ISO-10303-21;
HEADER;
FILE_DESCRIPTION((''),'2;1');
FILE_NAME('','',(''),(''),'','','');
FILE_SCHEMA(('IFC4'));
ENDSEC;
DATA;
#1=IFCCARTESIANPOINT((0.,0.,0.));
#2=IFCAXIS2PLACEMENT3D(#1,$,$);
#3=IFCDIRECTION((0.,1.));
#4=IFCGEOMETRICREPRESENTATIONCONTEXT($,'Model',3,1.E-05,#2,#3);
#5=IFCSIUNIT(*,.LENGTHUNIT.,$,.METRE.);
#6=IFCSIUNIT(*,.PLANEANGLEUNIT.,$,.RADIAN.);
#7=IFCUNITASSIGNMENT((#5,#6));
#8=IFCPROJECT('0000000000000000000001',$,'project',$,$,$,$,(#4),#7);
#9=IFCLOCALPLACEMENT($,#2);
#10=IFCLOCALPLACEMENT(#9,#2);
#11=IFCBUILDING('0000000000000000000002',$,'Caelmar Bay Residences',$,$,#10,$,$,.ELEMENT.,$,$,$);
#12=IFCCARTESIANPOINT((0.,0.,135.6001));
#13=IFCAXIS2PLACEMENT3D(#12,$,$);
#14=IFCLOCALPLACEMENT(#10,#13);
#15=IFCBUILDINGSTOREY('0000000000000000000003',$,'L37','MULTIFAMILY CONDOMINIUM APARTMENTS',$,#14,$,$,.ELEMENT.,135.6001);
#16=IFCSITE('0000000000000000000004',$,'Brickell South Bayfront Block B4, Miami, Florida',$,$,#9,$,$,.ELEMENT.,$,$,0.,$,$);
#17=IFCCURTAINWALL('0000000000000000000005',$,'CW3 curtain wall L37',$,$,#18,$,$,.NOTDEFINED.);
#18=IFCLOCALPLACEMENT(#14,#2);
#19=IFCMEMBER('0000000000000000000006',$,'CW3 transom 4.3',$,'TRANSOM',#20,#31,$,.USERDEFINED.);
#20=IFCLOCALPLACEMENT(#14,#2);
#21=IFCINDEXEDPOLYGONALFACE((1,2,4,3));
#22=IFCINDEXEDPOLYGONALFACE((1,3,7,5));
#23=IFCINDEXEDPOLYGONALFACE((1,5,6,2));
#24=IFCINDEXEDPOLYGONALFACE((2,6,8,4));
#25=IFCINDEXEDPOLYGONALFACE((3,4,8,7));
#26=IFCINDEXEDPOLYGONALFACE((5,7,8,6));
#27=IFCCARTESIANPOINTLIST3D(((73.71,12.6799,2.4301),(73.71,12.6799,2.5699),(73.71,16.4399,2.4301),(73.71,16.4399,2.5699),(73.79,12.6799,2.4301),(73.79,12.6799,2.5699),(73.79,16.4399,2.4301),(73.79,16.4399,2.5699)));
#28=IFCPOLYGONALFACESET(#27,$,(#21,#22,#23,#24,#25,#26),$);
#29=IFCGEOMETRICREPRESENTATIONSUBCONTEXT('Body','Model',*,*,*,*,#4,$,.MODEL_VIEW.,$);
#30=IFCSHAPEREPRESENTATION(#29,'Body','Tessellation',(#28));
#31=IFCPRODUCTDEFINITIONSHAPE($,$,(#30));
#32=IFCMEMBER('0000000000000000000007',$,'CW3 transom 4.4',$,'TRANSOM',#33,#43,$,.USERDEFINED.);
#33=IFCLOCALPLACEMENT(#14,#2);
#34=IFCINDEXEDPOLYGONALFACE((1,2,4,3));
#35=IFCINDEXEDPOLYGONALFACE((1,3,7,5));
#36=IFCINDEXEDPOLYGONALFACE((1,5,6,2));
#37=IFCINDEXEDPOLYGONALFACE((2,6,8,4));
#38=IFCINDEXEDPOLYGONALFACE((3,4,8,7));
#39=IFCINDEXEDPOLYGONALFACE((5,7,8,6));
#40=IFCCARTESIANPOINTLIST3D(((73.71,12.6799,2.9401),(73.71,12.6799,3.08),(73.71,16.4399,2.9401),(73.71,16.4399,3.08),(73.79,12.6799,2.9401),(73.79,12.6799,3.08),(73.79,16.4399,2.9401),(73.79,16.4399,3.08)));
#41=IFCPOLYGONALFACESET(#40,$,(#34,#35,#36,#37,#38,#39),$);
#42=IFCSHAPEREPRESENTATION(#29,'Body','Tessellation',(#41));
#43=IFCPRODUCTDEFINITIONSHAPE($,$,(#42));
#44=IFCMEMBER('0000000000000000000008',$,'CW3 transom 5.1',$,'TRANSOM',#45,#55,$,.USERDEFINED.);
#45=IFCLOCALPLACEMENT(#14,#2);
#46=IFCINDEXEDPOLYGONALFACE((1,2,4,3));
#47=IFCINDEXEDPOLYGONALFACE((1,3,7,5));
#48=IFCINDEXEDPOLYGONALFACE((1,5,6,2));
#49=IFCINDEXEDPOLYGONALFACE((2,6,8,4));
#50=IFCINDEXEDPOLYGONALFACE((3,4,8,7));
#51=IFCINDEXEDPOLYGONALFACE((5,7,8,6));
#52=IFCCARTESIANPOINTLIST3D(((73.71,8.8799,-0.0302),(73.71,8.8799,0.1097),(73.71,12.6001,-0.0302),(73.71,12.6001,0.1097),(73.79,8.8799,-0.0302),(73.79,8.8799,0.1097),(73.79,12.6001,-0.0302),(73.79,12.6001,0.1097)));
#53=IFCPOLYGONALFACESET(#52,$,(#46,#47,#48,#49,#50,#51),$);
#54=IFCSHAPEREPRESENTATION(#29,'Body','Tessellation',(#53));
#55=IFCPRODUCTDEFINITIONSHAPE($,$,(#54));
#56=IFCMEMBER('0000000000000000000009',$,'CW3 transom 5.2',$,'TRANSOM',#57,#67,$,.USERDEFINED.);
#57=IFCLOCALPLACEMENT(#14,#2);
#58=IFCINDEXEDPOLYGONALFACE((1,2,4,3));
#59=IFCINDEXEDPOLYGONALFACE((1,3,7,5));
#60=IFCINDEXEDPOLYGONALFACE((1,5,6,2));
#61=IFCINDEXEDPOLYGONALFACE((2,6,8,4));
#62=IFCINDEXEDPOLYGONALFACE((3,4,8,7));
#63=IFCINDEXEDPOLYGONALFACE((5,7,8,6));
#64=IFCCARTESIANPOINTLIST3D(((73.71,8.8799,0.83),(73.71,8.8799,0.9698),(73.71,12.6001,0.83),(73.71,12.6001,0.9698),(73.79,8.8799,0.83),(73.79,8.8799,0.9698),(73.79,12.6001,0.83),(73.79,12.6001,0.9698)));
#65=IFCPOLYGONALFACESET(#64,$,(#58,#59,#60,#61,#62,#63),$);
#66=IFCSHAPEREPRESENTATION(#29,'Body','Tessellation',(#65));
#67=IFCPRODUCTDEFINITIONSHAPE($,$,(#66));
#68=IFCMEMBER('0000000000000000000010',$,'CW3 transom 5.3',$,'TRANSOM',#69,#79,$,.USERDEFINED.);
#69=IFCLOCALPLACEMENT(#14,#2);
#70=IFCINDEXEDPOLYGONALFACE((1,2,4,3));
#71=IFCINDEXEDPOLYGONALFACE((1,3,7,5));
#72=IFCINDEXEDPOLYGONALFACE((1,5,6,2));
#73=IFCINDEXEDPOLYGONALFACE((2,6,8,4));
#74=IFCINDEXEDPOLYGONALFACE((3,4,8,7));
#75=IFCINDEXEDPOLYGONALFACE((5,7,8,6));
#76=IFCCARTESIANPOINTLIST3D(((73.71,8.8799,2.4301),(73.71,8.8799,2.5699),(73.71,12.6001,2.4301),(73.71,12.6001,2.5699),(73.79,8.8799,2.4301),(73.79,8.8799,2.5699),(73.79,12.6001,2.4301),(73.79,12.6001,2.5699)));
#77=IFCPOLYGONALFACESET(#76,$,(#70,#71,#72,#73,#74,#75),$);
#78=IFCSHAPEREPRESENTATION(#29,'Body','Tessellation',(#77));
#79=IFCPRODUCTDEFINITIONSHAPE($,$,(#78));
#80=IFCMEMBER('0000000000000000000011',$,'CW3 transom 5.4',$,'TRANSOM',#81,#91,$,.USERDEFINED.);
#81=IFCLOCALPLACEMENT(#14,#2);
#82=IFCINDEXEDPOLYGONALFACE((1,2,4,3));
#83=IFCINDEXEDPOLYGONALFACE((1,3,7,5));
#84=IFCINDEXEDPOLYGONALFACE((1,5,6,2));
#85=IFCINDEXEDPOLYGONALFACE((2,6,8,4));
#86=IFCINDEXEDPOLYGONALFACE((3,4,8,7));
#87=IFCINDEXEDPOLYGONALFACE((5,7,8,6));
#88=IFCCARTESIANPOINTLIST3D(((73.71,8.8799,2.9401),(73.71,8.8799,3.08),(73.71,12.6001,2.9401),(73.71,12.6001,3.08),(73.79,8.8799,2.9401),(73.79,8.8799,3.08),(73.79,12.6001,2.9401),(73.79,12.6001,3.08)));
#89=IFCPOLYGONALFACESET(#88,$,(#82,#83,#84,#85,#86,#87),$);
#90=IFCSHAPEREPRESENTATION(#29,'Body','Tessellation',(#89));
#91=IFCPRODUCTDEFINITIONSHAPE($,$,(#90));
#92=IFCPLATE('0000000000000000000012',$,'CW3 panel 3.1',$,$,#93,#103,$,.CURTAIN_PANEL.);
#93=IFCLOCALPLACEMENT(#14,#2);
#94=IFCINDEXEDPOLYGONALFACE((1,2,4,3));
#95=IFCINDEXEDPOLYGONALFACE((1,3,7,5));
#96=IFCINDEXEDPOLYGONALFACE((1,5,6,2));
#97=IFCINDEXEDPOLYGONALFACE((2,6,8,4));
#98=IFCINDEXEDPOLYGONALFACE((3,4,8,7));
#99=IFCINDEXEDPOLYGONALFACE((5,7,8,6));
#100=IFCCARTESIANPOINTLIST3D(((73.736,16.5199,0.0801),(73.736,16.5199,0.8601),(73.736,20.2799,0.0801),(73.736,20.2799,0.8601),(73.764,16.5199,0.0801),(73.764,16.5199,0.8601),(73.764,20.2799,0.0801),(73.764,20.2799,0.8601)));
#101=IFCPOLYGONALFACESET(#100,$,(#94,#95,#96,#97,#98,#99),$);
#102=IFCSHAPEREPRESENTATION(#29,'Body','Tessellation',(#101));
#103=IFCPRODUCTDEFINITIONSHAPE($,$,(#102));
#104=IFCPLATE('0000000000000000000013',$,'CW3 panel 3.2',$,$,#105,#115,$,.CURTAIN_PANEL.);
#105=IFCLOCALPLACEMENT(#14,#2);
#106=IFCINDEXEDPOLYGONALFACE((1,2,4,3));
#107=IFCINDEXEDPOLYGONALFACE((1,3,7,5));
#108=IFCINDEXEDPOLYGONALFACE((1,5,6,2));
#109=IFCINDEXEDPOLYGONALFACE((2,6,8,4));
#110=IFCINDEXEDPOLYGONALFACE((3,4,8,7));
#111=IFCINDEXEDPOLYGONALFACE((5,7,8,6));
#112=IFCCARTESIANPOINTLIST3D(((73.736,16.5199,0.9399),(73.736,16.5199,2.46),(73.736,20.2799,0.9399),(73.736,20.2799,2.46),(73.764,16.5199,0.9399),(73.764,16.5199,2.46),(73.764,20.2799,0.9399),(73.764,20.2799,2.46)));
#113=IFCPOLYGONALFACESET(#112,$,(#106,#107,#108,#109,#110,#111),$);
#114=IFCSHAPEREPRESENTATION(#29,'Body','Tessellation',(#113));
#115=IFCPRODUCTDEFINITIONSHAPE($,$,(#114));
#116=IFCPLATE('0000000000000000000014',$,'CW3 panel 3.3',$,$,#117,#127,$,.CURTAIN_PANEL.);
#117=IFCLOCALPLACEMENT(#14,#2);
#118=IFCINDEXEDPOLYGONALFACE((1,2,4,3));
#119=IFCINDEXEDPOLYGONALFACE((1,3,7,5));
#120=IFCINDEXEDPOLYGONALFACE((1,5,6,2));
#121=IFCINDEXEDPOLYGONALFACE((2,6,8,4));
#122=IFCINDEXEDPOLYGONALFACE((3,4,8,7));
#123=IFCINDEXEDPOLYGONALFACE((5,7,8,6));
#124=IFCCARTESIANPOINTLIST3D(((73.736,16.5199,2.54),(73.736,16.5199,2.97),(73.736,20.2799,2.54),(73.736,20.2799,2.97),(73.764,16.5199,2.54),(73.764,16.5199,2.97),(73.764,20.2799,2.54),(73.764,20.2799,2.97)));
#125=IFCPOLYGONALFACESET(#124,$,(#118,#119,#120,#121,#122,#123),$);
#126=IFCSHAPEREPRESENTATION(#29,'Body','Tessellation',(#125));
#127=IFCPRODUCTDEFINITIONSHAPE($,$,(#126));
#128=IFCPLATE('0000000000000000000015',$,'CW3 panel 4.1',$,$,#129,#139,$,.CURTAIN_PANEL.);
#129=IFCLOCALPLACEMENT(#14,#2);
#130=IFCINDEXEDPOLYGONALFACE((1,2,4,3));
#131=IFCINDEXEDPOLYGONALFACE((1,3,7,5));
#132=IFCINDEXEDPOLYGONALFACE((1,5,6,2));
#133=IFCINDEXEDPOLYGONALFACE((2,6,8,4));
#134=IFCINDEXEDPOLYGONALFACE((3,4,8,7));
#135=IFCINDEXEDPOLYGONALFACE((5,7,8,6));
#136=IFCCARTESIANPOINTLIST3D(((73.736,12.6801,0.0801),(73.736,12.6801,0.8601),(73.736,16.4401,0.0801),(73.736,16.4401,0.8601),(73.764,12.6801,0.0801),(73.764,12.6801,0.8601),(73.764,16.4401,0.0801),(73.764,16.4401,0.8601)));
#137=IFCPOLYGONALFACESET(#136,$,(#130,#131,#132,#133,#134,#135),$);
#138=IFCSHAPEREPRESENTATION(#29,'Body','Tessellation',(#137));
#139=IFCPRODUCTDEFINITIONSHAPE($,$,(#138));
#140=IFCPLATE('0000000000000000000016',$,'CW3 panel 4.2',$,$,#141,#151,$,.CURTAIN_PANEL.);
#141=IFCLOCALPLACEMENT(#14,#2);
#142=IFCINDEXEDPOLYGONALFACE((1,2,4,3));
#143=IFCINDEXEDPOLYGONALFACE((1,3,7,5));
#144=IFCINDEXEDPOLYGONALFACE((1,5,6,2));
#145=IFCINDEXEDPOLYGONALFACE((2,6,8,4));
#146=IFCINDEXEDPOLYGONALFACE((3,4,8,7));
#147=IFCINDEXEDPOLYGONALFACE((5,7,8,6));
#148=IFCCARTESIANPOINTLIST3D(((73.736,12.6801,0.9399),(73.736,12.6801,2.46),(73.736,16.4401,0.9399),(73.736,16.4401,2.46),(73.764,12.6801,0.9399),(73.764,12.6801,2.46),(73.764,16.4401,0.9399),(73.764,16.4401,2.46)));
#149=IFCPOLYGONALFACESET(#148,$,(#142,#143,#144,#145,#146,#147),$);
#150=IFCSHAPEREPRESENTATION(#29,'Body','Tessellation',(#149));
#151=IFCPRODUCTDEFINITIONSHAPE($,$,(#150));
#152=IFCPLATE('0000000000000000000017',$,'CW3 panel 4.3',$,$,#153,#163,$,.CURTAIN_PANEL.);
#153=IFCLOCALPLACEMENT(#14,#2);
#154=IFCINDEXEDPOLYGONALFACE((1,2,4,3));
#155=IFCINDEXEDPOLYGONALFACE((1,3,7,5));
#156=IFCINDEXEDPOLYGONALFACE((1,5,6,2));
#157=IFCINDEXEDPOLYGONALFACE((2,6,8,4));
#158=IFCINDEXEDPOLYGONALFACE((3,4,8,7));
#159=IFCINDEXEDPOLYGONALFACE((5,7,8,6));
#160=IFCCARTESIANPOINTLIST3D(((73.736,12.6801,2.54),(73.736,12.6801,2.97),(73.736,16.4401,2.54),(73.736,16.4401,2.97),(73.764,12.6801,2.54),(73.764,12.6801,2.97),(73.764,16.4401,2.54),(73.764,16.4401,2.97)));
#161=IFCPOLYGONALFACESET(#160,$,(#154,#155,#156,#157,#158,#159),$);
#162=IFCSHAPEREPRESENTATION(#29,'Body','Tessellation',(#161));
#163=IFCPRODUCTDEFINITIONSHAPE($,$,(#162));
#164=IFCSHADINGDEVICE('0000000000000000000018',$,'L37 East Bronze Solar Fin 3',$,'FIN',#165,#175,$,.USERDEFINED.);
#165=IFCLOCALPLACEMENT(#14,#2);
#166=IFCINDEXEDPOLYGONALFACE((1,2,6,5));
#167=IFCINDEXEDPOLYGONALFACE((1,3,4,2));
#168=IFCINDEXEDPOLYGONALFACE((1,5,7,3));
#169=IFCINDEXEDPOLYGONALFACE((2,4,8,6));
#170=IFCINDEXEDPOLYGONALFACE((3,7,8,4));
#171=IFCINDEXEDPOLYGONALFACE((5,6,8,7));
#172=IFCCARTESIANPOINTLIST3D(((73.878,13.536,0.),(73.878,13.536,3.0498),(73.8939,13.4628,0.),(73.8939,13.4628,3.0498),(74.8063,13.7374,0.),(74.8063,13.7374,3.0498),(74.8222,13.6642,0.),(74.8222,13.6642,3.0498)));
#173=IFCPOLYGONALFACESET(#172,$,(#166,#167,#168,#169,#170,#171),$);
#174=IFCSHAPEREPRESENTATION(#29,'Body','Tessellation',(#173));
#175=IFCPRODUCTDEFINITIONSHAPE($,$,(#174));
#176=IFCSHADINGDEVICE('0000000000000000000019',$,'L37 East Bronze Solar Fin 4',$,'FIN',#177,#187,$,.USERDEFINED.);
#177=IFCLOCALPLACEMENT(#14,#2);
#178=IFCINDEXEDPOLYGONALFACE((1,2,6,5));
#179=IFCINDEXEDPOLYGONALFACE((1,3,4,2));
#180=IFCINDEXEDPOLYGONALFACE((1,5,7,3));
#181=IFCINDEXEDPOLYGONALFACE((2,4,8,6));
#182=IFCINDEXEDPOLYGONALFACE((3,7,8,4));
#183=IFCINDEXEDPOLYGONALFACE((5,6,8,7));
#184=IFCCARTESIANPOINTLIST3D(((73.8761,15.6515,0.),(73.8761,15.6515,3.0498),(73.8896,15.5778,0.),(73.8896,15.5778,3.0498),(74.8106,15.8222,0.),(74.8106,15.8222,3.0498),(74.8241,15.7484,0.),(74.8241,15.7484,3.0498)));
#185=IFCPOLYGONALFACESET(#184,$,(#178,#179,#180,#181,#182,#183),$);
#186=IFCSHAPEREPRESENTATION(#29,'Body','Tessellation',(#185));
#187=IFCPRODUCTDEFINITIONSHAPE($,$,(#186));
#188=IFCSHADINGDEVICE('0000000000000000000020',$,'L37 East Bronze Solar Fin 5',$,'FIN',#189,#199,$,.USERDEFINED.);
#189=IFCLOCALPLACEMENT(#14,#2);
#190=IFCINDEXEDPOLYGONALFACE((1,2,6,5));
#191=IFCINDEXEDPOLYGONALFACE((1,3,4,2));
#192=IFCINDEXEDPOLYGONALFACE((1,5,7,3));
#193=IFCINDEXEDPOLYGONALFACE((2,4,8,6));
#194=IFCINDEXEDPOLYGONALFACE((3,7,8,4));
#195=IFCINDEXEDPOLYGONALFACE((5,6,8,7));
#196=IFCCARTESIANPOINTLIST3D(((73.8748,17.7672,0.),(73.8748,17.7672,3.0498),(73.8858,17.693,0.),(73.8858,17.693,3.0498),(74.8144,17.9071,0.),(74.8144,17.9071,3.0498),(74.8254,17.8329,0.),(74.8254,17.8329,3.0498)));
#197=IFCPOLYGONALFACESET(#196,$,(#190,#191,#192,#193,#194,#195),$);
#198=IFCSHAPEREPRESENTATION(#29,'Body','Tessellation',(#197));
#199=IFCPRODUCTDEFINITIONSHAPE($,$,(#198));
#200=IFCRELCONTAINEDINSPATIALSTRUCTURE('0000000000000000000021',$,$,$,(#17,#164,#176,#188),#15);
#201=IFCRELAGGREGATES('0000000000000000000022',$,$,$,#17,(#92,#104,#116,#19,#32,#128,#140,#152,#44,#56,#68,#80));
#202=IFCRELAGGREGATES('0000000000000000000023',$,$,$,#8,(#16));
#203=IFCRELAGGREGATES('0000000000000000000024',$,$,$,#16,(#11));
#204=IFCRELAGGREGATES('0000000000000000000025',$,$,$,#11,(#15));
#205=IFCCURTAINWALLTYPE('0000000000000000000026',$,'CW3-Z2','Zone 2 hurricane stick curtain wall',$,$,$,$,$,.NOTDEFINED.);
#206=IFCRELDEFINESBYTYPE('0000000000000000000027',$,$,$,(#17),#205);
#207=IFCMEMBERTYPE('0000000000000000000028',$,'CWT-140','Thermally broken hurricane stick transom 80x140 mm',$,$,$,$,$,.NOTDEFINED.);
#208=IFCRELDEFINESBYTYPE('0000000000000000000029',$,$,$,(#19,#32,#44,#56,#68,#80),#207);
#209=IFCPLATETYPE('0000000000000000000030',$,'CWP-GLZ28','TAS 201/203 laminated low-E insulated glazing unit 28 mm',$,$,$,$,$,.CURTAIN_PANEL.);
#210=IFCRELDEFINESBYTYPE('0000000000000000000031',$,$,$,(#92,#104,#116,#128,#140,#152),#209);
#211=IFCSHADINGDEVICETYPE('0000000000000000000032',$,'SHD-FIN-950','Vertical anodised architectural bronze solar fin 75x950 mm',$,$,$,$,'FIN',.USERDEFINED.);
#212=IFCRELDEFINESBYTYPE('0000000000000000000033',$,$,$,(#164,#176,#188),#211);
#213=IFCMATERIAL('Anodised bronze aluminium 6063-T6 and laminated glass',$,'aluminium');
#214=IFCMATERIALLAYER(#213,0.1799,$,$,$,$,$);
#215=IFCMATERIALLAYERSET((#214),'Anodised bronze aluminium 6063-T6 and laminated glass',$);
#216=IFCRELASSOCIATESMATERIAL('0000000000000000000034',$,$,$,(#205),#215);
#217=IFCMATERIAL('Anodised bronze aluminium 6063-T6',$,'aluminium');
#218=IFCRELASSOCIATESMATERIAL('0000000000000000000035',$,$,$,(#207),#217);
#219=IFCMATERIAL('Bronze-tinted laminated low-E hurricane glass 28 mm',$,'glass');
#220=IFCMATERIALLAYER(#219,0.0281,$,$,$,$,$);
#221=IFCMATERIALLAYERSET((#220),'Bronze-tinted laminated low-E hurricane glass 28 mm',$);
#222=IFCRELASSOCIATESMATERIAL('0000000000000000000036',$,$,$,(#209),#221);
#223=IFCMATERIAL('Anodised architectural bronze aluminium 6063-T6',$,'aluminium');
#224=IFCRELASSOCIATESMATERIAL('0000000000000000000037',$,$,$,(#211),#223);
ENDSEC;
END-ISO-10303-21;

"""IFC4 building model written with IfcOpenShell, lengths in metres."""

from ifc_helpers import new_model, si_unit, direction, frame, origin, origin_2d, place, context, subcontext, project, spatial, rectangle, extrude, material, layer, layer_set, material_profile, profile_set, type_object, element, aggregate, save


model = new_model("IFC4")

# Units and contexts
model_context = context("Model", 3, precision=1e-05, world=origin(), true_north=direction((0.0, 1.0)))
body_context = subcontext(model_context, "Body", "Model", "MODEL_VIEW")
ifc_project = project(units=[si_unit("LENGTHUNIT", "METRE"), si_unit("PLANEANGLEUNIT", "RADIAN")], contexts=[model_context])

# Site, building, storey
site_placement = place(None, origin())
site = spatial("IfcSite", under=ifc_project, at=site_placement, Name="Brickell South Bayfront Block B4, Miami, Florida", CompositionType="ELEMENT", RefElevation=0.0)
building_placement = place(site_placement, origin())
building = spatial("IfcBuilding", under=site, at=building_placement, Name="Caelmar Bay Residences", CompositionType="ELEMENT")
storey_placement = place(building_placement, frame((0.0, 0.0, 135.6001)))
storey = spatial("IfcBuildingStorey", under=building, at=storey_placement, Name="L37", Description="MULTIFAMILY CONDOMINIUM APARTMENTS", CompositionType="ELEMENT", Elevation=135.6001)

# Curtain wall, members, plates
ifc_material_1 = material(Name="Anodised bronze aluminium 6063-T6 and laminated glass", Category="aluminium")
ifc_layer_1 = layer(ifc_material_1, 0.1799)
ifc_layer_set_1 = layer_set([ifc_layer_1], Name="Anodised bronze aluminium 6063-T6 and laminated glass")
curtain_wall_type = type_object("IfcCurtainWallType", Name="CW3-Z2", Description="Zone 2 hurricane stick curtain wall", PredefinedType="NOTDEFINED", material=ifc_layer_set_1)
curtain_wall_placement = place(storey_placement, origin())
curtain_wall = element("IfcCurtainWall", 1, at=curtain_wall_placement, inside=storey, type_object=curtain_wall_type, Name="CW3 curtain wall L37", PredefinedType="NOTDEFINED")
ifc_material_2 = material(Name="Anodised bronze aluminium 6063-T6", Category="aluminium")
ifc_material_profile_1 = material_profile(ifc_material_2, rectangle(XDim=0.0801, YDim=0.1399, at=origin_2d()), Name="CWT-80X140")
ifc_profile_set_1 = profile_set([ifc_material_profile_1], Name="Anodised bronze aluminium 6063-T6")
member_type_1 = type_object("IfcMemberType", Name="CWT-140", Description="Thermally broken hurricane stick transom 80x140 mm", PredefinedType="NOTDEFINED", material=ifc_profile_set_1)
member_1_placement = place(storey_placement, frame((73.75, 16.4399, 2.5), z_axis=(0.0, -1.0, 0.0), x_axis=(1.0, 0.0, 0.0)))
member_1 = element("IfcMember", 2, at=member_1_placement, type_object=member_type_1, Name="CW3 transom 4.3", ObjectType="TRANSOM", PredefinedType="USERDEFINED", context=body_context, shape_type="SweptSolid", body=[
    extrude(rectangle(XDim=0.0801, YDim=0.1399, at=origin_2d()), origin(), (0.0, 0.0, 1.0), 3.76),
])
member_2_placement = place(storey_placement, frame((73.75, 16.4399, 3.01), z_axis=(0.0, -1.0, 0.0), x_axis=(1.0, 0.0, 0.0)))
member_2 = element("IfcMember", 3, at=member_2_placement, type_object=member_type_1, Name="CW3 transom 4.4", ObjectType="TRANSOM", PredefinedType="USERDEFINED", context=body_context, shape_type="SweptSolid", body=[
    extrude(rectangle(XDim=0.0801, YDim=0.1399, at=origin_2d()), origin(), (0.0, 0.0, 1.0), 3.76),
])
member_3_placement = place(storey_placement, frame((73.75, 12.6001, 0.0398), z_axis=(0.0, -1.0, 0.0), x_axis=(1.0, 0.0, 0.0)))
member_3 = element("IfcMember", 4, at=member_3_placement, type_object=member_type_1, Name="CW3 transom 5.1", ObjectType="TRANSOM", PredefinedType="USERDEFINED", context=body_context, shape_type="SweptSolid", body=[
    extrude(rectangle(XDim=0.0801, YDim=0.1399, at=origin_2d()), origin(), (0.0, 0.0, 1.0), 3.7202),
])
member_4_placement = place(storey_placement, frame((73.75, 12.6001, 0.8999), z_axis=(0.0, -1.0, 0.0), x_axis=(1.0, 0.0, 0.0)))
member_4 = element("IfcMember", 5, at=member_4_placement, type_object=member_type_1, Name="CW3 transom 5.2", ObjectType="TRANSOM", PredefinedType="USERDEFINED", context=body_context, shape_type="SweptSolid", body=[
    extrude(rectangle(XDim=0.0801, YDim=0.1399, at=origin_2d()), origin(), (0.0, 0.0, 1.0), 3.7202),
])
member_5_placement = place(storey_placement, frame((73.75, 12.6001, 2.5), z_axis=(0.0, -1.0, 0.0), x_axis=(1.0, 0.0, 0.0)))
member_5 = element("IfcMember", 6, at=member_5_placement, type_object=member_type_1, Name="CW3 transom 5.3", ObjectType="TRANSOM", PredefinedType="USERDEFINED", context=body_context, shape_type="SweptSolid", body=[
    extrude(rectangle(XDim=0.0801, YDim=0.1399, at=origin_2d()), origin(), (0.0, 0.0, 1.0), 3.7202),
])
member_6_placement = place(storey_placement, frame((73.75, 12.6001, 3.01), z_axis=(0.0, -1.0, 0.0), x_axis=(1.0, 0.0, 0.0)))
member_6 = element("IfcMember", 7, at=member_6_placement, type_object=member_type_1, Name="CW3 transom 5.4", ObjectType="TRANSOM", PredefinedType="USERDEFINED", context=body_context, shape_type="SweptSolid", body=[
    extrude(rectangle(XDim=0.0801, YDim=0.1399, at=origin_2d()), origin(), (0.0, 0.0, 1.0), 3.7202),
])
ifc_material_3 = material(Name="Bronze-tinted laminated low-E hurricane glass 28 mm", Category="glass")
ifc_layer_2 = layer(ifc_material_3, 0.0281)
ifc_layer_set_2 = layer_set([ifc_layer_2], Name="Bronze-tinted laminated low-E hurricane glass 28 mm")
plate_type = type_object("IfcPlateType", Name="CWP-GLZ28", Description="TAS 201/203 laminated low-E insulated glazing unit 28 mm", PredefinedType="CURTAIN_PANEL", material=ifc_layer_set_2)
plate_1_placement = place(storey_placement, frame((73.75, 18.3999, 0.0801), z_axis=(0.0, 0.0, 1.0), x_axis=(0.0, -1.0, 0.0)))
plate_1 = element("IfcPlate", 8, at=plate_1_placement, type_object=plate_type, Name="CW3 panel 3.1", PredefinedType="CURTAIN_PANEL", context=body_context, shape_type="SweptSolid", body=[
    extrude(rectangle(XDim=3.76, YDim=0.0281, at=origin_2d()), origin(), (0.0, 0.0, 1.0), 0.78),
])
plate_2_placement = place(storey_placement, frame((73.75, 18.3999, 0.9399), z_axis=(0.0, 0.0, 1.0), x_axis=(0.0, -1.0, 0.0)))
plate_2 = element("IfcPlate", 9, at=plate_2_placement, type_object=plate_type, Name="CW3 panel 3.2", PredefinedType="CURTAIN_PANEL", context=body_context, shape_type="SweptSolid", body=[
    extrude(rectangle(XDim=3.76, YDim=0.0281, at=origin_2d()), origin(), (0.0, 0.0, 1.0), 1.52),
])
plate_3_placement = place(storey_placement, frame((73.75, 18.3999, 2.54), z_axis=(0.0, 0.0, 1.0), x_axis=(0.0, -1.0, 0.0)))
plate_3 = element("IfcPlate", 10, at=plate_3_placement, type_object=plate_type, Name="CW3 panel 3.3", PredefinedType="CURTAIN_PANEL", context=body_context, shape_type="SweptSolid", body=[
    extrude(rectangle(XDim=3.76, YDim=0.0281, at=origin_2d()), origin(), (0.0, 0.0, 1.0), 0.4299),
])
plate_4_placement = place(storey_placement, frame((73.75, 14.5601, 0.0801), z_axis=(0.0, 0.0, 1.0), x_axis=(0.0, -1.0, 0.0)))
plate_4 = element("IfcPlate", 11, at=plate_4_placement, type_object=plate_type, Name="CW3 panel 4.1", PredefinedType="CURTAIN_PANEL", context=body_context, shape_type="SweptSolid", body=[
    extrude(rectangle(XDim=3.76, YDim=0.0281, at=origin_2d()), origin(), (0.0, 0.0, 1.0), 0.78),
])
plate_5_placement = place(storey_placement, frame((73.75, 14.5601, 0.9399), z_axis=(0.0, 0.0, 1.0), x_axis=(0.0, -1.0, 0.0)))
plate_5 = element("IfcPlate", 12, at=plate_5_placement, type_object=plate_type, Name="CW3 panel 4.2", PredefinedType="CURTAIN_PANEL", context=body_context, shape_type="SweptSolid", body=[
    extrude(rectangle(XDim=3.76, YDim=0.0281, at=origin_2d()), origin(), (0.0, 0.0, 1.0), 1.52),
])
plate_6_placement = place(storey_placement, frame((73.75, 14.5601, 2.54), z_axis=(0.0, 0.0, 1.0), x_axis=(0.0, -1.0, 0.0)))
plate_6 = element("IfcPlate", 13, at=plate_6_placement, type_object=plate_type, Name="CW3 panel 4.3", PredefinedType="CURTAIN_PANEL", context=body_context, shape_type="SweptSolid", body=[
    extrude(rectangle(XDim=3.76, YDim=0.0281, at=origin_2d()), origin(), (0.0, 0.0, 1.0), 0.4299),
])
aggregate(curtain_wall, [plate_1, plate_2, plate_3, member_1, member_2, plate_4, plate_5, plate_6, member_3, member_4, member_5, member_6])

# Shading devices
ifc_material_4 = material(Name="Anodised architectural bronze aluminium 6063-T6", Category="aluminium")
ifc_material_profile_2 = material_profile(ifc_material_4, rectangle(XDim=0.075, YDim=0.95, at=origin_2d()), Name="BRONZE-FIN-75X950")
ifc_profile_set_2 = profile_set([ifc_material_profile_2], Name="Anodised architectural bronze aluminium 6063-T6")
shading_device_type = type_object("IfcShadingDeviceType", Name="SHD-FIN-950", Description="Vertical anodised architectural bronze solar fin 75x950 mm", ElementType="FIN", PredefinedType="USERDEFINED", material=ifc_profile_set_2)
for number, where, z_axis, x_axis, name in (
    (14, (74.3501, 13.6001, 0.0), (0.0, 0.0, 1.0), (-0.212007, 0.977268, 0.0), "L37 East Bronze Solar Fin 3"),
    (15, (74.3501, 15.7, 0.0), (0.0, 0.0, 1.0), (-0.179661, 0.983729, 0.0), "L37 East Bronze Solar Fin 4"),
    (16, (74.3501, 17.8, 0.0), (0.0, 0.0, 1.0), (-0.147292, 0.989093, 0.0), "L37 East Bronze Solar Fin 5"),
):
    element("IfcShadingDevice", number, at=place(storey_placement, frame(where, z_axis=z_axis, x_axis=x_axis)), inside=storey, type_object=shading_device_type, Name=name, ObjectType="FIN", PredefinedType="USERDEFINED", context=body_context, shape_type="SweptSolid", body=[
        extrude(rectangle(XDim=0.075, YDim=0.95, at=origin_2d()), origin(), (0.0, 0.0, 1.0), 3.0498),
    ])

save(model, "model.ifc")
